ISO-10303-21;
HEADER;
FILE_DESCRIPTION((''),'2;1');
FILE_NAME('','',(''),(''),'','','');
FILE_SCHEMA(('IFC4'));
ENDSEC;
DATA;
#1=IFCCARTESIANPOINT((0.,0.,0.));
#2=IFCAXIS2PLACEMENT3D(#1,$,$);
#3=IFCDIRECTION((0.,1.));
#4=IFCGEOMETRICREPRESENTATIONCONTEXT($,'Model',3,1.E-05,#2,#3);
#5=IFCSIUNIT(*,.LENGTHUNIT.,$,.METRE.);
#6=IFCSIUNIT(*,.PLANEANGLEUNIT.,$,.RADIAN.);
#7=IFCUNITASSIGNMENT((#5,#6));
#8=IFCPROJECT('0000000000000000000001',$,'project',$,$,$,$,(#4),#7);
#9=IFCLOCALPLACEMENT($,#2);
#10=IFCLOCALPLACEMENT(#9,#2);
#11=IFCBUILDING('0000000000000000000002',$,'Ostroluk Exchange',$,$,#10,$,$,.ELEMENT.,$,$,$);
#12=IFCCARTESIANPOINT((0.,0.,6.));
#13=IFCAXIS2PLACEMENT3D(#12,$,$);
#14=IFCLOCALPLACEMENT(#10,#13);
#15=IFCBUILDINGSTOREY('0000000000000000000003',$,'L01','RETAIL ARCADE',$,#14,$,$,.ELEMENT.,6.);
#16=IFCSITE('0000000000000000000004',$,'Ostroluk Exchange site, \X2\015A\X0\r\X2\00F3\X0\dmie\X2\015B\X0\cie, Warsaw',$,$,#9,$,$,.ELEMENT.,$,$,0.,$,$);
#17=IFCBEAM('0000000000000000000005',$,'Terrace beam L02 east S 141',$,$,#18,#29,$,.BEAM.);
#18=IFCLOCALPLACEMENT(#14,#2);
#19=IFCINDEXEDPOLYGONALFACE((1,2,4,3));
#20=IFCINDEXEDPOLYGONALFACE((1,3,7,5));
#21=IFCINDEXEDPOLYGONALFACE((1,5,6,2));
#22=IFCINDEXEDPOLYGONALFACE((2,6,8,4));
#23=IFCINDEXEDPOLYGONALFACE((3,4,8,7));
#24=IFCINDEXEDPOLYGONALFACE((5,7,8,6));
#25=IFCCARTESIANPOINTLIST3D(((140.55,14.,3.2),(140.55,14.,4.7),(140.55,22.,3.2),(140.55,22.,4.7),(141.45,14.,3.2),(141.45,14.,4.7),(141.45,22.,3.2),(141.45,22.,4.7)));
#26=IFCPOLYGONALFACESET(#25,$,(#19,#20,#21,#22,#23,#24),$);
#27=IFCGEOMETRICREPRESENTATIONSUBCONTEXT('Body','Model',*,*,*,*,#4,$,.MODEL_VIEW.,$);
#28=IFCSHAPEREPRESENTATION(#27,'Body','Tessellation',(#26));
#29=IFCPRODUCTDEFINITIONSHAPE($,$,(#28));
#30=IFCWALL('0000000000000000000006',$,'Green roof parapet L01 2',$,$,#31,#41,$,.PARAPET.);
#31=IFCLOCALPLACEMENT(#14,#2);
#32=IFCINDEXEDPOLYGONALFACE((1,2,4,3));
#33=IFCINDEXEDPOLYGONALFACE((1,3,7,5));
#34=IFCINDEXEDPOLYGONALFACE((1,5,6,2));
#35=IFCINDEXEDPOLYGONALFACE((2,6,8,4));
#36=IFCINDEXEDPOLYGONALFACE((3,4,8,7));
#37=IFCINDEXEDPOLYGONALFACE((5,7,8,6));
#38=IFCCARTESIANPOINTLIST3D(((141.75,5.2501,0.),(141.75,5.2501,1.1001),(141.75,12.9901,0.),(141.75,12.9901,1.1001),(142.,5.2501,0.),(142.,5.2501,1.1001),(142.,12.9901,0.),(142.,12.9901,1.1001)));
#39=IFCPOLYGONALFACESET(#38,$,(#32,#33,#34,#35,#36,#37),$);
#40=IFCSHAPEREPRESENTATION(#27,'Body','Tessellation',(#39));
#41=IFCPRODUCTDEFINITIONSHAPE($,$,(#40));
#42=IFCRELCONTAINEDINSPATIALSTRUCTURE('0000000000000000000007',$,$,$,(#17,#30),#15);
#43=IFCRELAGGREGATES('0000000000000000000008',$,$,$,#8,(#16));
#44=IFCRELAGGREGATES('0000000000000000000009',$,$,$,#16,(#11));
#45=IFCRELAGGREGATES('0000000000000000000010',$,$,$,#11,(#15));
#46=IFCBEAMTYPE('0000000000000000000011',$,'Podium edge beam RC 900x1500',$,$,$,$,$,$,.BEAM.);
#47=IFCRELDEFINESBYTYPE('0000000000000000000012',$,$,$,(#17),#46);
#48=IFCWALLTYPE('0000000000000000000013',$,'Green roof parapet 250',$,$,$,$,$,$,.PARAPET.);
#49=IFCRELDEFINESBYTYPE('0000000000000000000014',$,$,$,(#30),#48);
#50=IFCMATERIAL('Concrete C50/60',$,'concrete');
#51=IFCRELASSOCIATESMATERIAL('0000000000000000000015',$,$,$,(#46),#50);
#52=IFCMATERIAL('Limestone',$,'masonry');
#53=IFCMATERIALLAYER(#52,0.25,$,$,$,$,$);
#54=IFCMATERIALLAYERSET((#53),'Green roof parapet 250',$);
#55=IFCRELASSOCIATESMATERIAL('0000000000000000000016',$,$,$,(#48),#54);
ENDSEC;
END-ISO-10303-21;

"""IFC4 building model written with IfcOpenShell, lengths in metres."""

from ifc_helpers import new_model, si_unit, direction, frame, frame_2d, origin, origin_2d, place, context, subcontext, project, spatial, rectangle, extrude, material, layer, layer_set, material_profile, profile_set, type_object, element, save


model = new_model("IFC4")

# Units and contexts
model_context = context("Model", 3, precision=1e-05, world=origin(), true_north=direction((0.0, 1.0)))
body_context = subcontext(model_context, "Body", "Model", "MODEL_VIEW")
ifc_project = project(units=[si_unit("LENGTHUNIT", "METRE"), si_unit("PLANEANGLEUNIT", "RADIAN")], contexts=[model_context])

# Site, building, storey
site_placement = place(None, origin())
site = spatial("IfcSite", under=ifc_project, at=site_placement, Name="Ostroluk Exchange site, Śródmieście, Warsaw", CompositionType="ELEMENT", RefElevation=0.0)
building_placement = place(site_placement, origin())
building = spatial("IfcBuilding", under=site, at=building_placement, Name="Ostroluk Exchange", CompositionType="ELEMENT")
storey_placement = place(building_placement, frame((0.0, 0.0, 6.0)))
storey = spatial("IfcBuildingStorey", under=building, at=storey_placement, Name="L01", Description="RETAIL ARCADE", CompositionType="ELEMENT", Elevation=6.0)

# Beam
ifc_material_1 = material(Name="Concrete C50/60", Category="concrete")
ifc_material_profile = material_profile(ifc_material_1, rectangle(XDim=0.8999, YDim=1.5, at=origin_2d()), Name="RC 900x1500")
ifc_profile_set = profile_set([ifc_material_profile], Name="Concrete C50/60")
beam_type = type_object("IfcBeamType", Name="Podium edge beam RC 900x1500", PredefinedType="BEAM", material=ifc_profile_set)
beam_placement = place(storey_placement, frame((141.0, 14.0, 3.95), z_axis=(0.0, 1.0, 0.0), x_axis=(-1.0, 0.0, 0.0)))
element("IfcBeam", 1, at=beam_placement, inside=storey, type_object=beam_type, Name="Terrace beam L02 east S 141", PredefinedType="BEAM", context=body_context, shape_type="SweptSolid", body=[
    extrude(rectangle(XDim=0.8999, YDim=1.5, at=origin_2d()), origin(), (0.0, 0.0, 1.0), 8.0),
])

# Wall
ifc_material_2 = material(Name="Limestone", Category="masonry")
ifc_layer_1 = layer(ifc_material_2, 0.25)
ifc_layer_set_1 = layer_set([ifc_layer_1], Name="Green roof parapet 250")
wall_type_1 = type_object("IfcWallType", Name="Green roof parapet 250", PredefinedType="PARAPET", material=ifc_layer_set_1)
wall_1_placement = place(storey_placement, frame((141.875, 5.25, 0.0), z_axis=(0.0, 0.0, 1.0), x_axis=(0.0, 1.0, 0.0)))
element("IfcWall", 2, at=wall_1_placement, inside=storey, type_object=wall_type_1, Name="Green roof parapet L01 2", PredefinedType="PARAPET", context=body_context, shape_type="SweptSolid", body=[
    extrude(rectangle(XDim=7.74, YDim=0.25, at=frame_2d((3.8701, 0.0))), origin(), (0.0, 0.0, 1.0), 1.1001),
])

save(model, "model.ifc")
